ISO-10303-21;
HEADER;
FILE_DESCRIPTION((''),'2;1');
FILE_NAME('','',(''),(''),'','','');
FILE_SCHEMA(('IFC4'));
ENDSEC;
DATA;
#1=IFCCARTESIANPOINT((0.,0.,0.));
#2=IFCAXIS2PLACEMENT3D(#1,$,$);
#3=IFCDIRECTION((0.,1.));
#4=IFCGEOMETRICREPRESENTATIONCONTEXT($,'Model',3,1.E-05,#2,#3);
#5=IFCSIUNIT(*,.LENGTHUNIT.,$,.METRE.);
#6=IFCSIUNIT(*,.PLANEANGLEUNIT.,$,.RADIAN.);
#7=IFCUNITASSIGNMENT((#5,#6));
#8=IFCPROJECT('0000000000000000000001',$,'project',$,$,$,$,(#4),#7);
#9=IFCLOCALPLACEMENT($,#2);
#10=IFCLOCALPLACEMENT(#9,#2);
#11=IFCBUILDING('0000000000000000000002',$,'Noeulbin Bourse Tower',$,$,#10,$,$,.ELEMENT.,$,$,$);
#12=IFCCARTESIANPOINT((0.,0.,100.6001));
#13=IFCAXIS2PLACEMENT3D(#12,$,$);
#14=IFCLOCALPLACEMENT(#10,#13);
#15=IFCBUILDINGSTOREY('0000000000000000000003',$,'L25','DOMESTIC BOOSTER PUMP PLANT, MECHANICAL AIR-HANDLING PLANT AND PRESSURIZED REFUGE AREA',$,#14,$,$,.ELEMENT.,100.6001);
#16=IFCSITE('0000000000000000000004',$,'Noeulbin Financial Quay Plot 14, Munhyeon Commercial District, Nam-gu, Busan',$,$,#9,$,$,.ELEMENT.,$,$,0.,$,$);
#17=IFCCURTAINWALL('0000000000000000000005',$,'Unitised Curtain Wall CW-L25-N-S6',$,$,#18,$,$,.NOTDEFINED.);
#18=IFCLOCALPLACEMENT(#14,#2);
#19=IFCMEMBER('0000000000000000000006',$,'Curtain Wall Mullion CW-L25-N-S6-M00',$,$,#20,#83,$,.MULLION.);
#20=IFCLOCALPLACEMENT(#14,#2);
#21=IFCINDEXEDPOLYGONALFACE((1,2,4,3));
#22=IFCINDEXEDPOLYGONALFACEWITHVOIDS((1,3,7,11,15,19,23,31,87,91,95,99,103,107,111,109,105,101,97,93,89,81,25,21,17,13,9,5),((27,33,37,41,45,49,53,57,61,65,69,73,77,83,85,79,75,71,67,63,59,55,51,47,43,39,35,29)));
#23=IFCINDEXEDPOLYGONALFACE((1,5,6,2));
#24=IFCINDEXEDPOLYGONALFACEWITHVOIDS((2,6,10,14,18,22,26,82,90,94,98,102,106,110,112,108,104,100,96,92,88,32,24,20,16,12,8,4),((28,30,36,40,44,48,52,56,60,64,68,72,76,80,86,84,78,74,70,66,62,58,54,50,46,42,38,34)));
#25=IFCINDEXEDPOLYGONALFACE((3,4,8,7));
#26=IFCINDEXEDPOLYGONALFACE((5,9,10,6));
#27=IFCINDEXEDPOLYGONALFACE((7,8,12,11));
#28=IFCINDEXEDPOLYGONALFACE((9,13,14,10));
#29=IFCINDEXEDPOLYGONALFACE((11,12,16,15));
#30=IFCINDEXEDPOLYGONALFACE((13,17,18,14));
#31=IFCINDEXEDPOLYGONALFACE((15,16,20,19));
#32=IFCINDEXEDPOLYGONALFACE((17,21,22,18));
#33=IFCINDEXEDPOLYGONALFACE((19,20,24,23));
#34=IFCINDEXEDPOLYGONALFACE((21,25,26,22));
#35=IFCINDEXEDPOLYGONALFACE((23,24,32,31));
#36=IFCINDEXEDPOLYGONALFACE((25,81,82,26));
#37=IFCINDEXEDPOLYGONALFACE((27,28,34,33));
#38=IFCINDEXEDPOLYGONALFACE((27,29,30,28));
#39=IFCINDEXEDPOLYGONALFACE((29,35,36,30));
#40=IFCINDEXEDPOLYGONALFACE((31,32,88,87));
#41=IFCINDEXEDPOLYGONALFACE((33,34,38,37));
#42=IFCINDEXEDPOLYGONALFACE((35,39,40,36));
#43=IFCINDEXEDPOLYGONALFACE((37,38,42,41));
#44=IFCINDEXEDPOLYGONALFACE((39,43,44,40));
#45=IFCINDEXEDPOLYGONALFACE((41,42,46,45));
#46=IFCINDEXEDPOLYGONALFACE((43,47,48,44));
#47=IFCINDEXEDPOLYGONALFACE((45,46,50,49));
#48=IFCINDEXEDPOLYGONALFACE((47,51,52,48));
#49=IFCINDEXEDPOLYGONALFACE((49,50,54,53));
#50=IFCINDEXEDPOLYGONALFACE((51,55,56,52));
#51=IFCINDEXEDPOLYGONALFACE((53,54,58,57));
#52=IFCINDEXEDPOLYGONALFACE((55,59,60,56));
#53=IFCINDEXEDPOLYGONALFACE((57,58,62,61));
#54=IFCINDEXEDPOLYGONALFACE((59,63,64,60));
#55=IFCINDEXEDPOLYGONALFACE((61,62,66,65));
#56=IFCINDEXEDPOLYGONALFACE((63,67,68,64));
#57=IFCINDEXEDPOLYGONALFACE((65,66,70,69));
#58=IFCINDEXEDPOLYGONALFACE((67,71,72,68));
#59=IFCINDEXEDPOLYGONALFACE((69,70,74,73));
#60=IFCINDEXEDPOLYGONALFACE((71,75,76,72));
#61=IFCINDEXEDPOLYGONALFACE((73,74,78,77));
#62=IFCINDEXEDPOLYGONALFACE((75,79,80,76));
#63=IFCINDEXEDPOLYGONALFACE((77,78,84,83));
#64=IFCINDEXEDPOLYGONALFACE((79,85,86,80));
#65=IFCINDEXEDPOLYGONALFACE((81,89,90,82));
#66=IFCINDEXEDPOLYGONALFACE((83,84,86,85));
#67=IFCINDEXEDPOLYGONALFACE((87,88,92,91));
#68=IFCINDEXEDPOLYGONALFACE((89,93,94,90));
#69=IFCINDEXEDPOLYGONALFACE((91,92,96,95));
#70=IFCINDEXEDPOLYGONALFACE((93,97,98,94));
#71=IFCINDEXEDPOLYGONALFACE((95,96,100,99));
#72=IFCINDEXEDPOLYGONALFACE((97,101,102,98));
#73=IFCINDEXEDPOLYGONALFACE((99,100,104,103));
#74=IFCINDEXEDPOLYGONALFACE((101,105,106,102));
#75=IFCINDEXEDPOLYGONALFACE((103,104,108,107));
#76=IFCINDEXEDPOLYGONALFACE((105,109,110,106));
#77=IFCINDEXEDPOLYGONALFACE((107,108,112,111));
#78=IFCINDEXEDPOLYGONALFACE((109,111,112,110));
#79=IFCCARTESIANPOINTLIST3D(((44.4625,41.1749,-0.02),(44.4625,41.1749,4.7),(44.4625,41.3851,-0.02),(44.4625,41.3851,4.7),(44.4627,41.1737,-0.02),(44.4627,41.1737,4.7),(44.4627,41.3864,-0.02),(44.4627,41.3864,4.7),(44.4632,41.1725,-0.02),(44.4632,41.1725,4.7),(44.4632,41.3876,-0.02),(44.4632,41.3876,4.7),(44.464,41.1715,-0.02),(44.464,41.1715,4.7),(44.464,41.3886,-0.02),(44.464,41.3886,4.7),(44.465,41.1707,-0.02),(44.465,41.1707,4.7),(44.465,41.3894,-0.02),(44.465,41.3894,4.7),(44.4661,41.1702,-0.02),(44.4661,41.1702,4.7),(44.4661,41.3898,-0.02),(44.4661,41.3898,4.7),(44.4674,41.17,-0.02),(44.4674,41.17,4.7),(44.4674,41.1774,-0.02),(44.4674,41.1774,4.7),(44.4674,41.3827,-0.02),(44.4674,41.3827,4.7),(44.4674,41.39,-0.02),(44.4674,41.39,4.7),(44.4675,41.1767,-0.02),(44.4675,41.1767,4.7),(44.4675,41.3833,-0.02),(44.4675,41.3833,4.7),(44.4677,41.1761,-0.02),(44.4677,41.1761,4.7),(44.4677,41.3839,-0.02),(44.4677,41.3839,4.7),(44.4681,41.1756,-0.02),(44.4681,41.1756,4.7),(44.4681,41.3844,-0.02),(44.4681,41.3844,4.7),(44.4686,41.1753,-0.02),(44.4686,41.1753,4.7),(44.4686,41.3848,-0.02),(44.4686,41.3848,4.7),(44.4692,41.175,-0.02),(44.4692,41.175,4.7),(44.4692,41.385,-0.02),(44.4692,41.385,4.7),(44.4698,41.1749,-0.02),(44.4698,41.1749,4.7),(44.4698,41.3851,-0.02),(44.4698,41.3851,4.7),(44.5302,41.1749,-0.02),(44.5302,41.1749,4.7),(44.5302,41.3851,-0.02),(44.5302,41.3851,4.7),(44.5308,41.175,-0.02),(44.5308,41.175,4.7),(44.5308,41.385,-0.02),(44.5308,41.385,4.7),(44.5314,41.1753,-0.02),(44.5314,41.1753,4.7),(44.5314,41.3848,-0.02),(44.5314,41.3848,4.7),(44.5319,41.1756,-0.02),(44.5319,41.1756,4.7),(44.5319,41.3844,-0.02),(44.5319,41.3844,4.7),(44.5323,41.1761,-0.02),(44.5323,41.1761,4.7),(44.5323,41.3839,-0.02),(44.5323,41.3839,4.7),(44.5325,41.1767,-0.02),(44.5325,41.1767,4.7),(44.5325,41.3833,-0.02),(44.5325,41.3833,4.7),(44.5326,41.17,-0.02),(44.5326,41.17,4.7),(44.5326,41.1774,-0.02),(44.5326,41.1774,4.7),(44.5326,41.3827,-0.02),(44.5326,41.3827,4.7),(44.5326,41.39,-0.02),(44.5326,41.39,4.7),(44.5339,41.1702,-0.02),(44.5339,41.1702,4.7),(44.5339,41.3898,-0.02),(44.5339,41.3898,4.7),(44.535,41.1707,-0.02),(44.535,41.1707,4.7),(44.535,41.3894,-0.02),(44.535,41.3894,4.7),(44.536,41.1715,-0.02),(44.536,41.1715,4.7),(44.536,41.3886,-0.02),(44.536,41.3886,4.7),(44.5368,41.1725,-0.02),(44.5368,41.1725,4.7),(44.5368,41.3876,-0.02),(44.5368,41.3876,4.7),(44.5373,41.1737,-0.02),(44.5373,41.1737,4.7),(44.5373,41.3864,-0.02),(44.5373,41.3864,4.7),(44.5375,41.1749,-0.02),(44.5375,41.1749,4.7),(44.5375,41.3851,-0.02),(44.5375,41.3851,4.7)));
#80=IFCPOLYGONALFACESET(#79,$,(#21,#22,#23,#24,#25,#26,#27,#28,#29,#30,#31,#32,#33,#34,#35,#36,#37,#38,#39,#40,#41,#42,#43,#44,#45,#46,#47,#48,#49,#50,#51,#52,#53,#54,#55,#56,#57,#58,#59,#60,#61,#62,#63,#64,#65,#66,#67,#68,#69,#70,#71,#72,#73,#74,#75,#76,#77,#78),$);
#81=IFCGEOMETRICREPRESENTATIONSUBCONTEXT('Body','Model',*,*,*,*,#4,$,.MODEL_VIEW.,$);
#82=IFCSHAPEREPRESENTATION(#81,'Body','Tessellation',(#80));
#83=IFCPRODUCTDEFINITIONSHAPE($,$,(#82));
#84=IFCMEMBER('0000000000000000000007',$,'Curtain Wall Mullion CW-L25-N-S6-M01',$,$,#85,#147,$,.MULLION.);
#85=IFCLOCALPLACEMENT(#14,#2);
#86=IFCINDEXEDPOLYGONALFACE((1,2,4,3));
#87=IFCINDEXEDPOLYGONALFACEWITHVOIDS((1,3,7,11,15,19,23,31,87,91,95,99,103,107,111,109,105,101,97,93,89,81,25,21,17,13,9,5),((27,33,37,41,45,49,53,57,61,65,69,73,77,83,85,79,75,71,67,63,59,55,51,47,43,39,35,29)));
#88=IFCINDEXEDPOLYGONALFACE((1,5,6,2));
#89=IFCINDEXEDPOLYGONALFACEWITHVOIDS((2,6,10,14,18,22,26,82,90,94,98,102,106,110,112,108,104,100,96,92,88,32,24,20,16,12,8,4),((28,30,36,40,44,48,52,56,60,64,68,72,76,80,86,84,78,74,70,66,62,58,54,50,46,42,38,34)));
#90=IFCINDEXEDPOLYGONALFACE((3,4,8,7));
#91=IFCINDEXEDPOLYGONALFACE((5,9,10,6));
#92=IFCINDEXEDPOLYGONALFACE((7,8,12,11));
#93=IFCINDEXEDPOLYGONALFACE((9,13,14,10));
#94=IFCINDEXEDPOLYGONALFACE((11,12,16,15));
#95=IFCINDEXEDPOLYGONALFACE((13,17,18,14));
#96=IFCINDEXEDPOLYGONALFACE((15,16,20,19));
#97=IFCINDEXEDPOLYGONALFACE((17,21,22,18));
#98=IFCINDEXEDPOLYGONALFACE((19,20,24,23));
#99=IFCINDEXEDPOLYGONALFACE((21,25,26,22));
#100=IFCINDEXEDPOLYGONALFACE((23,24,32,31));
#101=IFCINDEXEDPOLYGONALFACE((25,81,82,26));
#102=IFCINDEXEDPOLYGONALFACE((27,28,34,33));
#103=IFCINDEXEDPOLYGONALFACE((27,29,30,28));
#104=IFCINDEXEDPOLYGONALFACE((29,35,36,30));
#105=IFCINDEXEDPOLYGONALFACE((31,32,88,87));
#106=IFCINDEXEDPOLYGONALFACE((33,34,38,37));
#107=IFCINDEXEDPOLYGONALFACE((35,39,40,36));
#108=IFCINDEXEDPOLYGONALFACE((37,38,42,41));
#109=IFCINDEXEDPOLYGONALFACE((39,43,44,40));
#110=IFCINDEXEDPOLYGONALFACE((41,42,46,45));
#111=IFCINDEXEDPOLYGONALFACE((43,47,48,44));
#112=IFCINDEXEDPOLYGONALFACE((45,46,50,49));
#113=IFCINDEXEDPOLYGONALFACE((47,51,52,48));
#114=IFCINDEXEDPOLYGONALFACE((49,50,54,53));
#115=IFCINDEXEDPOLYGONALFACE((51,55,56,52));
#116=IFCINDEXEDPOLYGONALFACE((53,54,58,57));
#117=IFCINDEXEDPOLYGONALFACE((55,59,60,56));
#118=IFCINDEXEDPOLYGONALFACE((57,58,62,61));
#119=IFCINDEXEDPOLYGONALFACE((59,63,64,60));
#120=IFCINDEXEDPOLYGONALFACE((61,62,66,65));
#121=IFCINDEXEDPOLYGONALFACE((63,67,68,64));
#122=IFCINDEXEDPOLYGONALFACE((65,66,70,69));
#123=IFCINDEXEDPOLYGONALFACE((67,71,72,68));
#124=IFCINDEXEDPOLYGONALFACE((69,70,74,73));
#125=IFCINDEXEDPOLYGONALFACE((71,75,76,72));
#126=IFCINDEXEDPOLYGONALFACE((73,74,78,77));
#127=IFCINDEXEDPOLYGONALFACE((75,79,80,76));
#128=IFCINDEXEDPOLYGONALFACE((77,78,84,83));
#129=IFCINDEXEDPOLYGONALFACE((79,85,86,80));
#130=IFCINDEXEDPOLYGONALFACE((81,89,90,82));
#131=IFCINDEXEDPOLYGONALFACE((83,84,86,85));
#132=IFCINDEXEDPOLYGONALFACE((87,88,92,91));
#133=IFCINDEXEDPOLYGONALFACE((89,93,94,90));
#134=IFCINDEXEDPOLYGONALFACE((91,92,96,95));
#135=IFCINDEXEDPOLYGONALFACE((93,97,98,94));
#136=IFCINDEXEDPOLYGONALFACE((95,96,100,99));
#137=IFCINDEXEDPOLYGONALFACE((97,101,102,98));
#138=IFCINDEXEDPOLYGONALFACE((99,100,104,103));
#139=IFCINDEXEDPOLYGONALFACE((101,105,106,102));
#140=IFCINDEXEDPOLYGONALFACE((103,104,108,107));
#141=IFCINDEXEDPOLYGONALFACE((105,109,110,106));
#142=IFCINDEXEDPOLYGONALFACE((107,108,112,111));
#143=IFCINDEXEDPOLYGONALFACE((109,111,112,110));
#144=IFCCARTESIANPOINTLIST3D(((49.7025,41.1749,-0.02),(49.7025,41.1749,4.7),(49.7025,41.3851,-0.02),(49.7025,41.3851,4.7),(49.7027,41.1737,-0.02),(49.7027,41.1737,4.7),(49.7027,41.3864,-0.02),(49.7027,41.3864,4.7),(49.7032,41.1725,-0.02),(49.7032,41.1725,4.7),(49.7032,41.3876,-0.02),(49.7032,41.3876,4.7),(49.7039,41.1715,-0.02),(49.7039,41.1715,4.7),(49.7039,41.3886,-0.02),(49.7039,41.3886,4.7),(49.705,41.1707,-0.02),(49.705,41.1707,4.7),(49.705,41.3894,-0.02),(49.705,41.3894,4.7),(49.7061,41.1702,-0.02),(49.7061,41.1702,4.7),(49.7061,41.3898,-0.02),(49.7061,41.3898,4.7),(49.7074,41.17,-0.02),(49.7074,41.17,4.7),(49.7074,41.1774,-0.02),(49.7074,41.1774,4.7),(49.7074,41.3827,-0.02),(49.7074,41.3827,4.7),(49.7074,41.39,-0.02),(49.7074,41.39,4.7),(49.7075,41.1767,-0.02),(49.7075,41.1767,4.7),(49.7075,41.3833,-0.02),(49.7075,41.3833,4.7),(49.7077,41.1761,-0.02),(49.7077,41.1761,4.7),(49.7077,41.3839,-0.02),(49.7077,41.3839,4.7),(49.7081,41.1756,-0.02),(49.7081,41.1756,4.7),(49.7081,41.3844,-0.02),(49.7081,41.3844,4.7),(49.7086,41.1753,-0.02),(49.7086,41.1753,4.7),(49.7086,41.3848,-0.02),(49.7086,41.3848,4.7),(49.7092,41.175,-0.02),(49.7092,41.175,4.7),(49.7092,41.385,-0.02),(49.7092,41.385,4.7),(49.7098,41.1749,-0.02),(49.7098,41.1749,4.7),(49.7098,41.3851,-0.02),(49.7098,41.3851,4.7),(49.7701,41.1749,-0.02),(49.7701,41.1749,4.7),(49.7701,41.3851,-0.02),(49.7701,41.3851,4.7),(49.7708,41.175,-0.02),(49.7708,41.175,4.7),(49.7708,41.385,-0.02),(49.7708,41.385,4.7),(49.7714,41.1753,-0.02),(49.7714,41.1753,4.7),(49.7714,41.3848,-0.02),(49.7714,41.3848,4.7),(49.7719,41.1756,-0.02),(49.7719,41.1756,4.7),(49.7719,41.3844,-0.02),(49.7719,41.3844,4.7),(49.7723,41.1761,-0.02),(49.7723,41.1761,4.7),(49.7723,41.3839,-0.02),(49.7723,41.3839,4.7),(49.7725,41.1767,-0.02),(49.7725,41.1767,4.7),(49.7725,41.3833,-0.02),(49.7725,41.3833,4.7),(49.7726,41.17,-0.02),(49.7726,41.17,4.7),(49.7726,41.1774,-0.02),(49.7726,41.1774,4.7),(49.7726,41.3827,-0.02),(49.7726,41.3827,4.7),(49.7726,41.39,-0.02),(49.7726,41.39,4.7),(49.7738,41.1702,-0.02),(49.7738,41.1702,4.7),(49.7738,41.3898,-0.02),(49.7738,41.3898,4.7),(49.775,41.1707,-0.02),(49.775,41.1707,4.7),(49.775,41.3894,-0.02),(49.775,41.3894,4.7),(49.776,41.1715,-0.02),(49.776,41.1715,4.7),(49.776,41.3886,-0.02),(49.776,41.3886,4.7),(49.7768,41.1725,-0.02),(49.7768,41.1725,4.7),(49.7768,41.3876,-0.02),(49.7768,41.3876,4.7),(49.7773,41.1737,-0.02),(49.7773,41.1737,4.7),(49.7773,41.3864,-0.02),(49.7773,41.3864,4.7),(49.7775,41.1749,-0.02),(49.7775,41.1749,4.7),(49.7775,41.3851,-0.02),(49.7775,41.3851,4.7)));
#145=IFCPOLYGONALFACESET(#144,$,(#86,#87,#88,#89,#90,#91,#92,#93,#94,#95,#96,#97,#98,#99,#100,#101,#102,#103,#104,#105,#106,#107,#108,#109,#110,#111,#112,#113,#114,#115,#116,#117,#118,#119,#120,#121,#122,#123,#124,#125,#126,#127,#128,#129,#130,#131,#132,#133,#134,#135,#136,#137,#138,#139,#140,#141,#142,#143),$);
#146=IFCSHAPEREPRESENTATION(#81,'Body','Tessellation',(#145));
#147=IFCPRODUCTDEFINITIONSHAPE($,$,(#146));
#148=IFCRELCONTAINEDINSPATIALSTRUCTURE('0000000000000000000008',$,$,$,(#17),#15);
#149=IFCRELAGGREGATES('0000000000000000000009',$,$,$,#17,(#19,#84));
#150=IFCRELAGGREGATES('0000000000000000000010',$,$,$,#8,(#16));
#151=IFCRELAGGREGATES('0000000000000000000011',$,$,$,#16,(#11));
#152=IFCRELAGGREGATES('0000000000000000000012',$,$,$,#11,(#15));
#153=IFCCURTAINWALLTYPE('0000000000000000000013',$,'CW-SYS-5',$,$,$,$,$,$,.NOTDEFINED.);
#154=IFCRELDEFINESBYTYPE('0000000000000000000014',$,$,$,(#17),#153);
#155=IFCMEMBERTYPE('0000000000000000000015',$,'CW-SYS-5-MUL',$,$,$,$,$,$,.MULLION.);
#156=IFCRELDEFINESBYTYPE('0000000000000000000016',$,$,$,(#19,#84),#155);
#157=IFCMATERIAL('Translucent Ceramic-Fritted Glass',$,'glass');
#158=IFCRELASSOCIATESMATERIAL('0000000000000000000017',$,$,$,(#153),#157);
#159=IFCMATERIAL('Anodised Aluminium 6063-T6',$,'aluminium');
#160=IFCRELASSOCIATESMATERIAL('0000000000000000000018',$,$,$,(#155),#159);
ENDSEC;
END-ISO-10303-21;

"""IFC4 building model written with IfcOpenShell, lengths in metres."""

from ifc_helpers import new_model, si_unit, direction, frame, origin, origin_2d, place, context, subcontext, project, spatial, hollow_rectangle, extrude, material, material_profile, profile_set, type_object, element, aggregate, save


model = new_model("IFC4")

# Units and contexts
model_context = context("Model", 3, precision=1e-05, world=origin(), true_north=direction((0.0, 1.0)))
body_context = subcontext(model_context, "Body", "Model", "MODEL_VIEW")
ifc_project = project(units=[si_unit("LENGTHUNIT", "METRE"), si_unit("PLANEANGLEUNIT", "RADIAN")], contexts=[model_context])

# Site, building, storey
site_placement = place(None, origin())
site = spatial("IfcSite", under=ifc_project, at=site_placement, Name="Noeulbin Financial Quay Plot 14, Munhyeon Commercial District, Nam-gu, Busan", CompositionType="ELEMENT", RefElevation=0.0)
building_placement = place(site_placement, origin())
building = spatial("IfcBuilding", under=site, at=building_placement, Name="Noeulbin Bourse Tower", CompositionType="ELEMENT")
storey_placement = place(building_placement, frame((0.0, 0.0, 100.6001)))
storey = spatial("IfcBuildingStorey", under=building, at=storey_placement, Name="L25", Description="DOMESTIC BOOSTER PUMP PLANT, MECHANICAL AIR-HANDLING PLANT AND PRESSURIZED REFUGE AREA", CompositionType="ELEMENT", Elevation=100.6001)

# Curtain wall, members
ifc_material_1 = material(Name="Translucent Ceramic-Fritted Glass", Category="glass")
curtain_wall_type = type_object("IfcCurtainWallType", Name="CW-SYS-5", PredefinedType="NOTDEFINED", material=ifc_material_1)
curtain_wall_1_placement = place(storey_placement, origin())
curtain_wall_1 = element("IfcCurtainWall", 1, at=curtain_wall_1_placement, inside=storey, type_object=curtain_wall_type, Name="Unitised Curtain Wall CW-L25-N-S6", PredefinedType="NOTDEFINED")
ifc_material_2 = material(Name="Anodised Aluminium 6063-T6", Category="aluminium")
ifc_material_profile_1 = material_profile(ifc_material_2, hollow_rectangle(XDim=0.075, YDim=0.22, WallThickness=0.0049, InnerFilletRadius=0.0024, OuterFilletRadius=0.0049, at=origin_2d()), Name="ALU-MULL-75x220x5", Category="LoadBearing")
ifc_profile_set_1 = profile_set([ifc_material_profile_1], Name="Anodised Aluminium 6063-T6")
member_type_1 = type_object("IfcMemberType", Name="CW-SYS-5-MUL", PredefinedType="MULLION", material=ifc_profile_set_1)
member_1_placement = place(storey_placement, frame((44.5, 41.28, -0.02), z_axis=(0.0, 0.0, 1.0), x_axis=(1.0, 0.0, 0.0)))
member_1 = element("IfcMember", 2, at=member_1_placement, type_object=member_type_1, Name="Curtain Wall Mullion CW-L25-N-S6-M00", PredefinedType="MULLION", context=body_context, shape_type="SweptSolid", body=[
    extrude(hollow_rectangle(XDim=0.075, YDim=0.22, WallThickness=0.0049, InnerFilletRadius=0.0024, OuterFilletRadius=0.0049, at=origin_2d()), origin(), (0.0, 0.0, 1.0), 4.72),
])
member_2_placement = place(storey_placement, frame((49.74, 41.28, -0.02), z_axis=(0.0, 0.0, 1.0), x_axis=(1.0, 0.0, 0.0)))
member_2 = element("IfcMember", 3, at=member_2_placement, type_object=member_type_1, Name="Curtain Wall Mullion CW-L25-N-S6-M01", PredefinedType="MULLION", context=body_context, shape_type="SweptSolid", body=[
    extrude(hollow_rectangle(XDim=0.075, YDim=0.22, WallThickness=0.0049, InnerFilletRadius=0.0024, OuterFilletRadius=0.0049, at=origin_2d()), origin(), (0.0, 0.0, 1.0), 4.72),
])

aggregate(curtain_wall_1, [member_1, member_2])

save(model, "model.ifc")
